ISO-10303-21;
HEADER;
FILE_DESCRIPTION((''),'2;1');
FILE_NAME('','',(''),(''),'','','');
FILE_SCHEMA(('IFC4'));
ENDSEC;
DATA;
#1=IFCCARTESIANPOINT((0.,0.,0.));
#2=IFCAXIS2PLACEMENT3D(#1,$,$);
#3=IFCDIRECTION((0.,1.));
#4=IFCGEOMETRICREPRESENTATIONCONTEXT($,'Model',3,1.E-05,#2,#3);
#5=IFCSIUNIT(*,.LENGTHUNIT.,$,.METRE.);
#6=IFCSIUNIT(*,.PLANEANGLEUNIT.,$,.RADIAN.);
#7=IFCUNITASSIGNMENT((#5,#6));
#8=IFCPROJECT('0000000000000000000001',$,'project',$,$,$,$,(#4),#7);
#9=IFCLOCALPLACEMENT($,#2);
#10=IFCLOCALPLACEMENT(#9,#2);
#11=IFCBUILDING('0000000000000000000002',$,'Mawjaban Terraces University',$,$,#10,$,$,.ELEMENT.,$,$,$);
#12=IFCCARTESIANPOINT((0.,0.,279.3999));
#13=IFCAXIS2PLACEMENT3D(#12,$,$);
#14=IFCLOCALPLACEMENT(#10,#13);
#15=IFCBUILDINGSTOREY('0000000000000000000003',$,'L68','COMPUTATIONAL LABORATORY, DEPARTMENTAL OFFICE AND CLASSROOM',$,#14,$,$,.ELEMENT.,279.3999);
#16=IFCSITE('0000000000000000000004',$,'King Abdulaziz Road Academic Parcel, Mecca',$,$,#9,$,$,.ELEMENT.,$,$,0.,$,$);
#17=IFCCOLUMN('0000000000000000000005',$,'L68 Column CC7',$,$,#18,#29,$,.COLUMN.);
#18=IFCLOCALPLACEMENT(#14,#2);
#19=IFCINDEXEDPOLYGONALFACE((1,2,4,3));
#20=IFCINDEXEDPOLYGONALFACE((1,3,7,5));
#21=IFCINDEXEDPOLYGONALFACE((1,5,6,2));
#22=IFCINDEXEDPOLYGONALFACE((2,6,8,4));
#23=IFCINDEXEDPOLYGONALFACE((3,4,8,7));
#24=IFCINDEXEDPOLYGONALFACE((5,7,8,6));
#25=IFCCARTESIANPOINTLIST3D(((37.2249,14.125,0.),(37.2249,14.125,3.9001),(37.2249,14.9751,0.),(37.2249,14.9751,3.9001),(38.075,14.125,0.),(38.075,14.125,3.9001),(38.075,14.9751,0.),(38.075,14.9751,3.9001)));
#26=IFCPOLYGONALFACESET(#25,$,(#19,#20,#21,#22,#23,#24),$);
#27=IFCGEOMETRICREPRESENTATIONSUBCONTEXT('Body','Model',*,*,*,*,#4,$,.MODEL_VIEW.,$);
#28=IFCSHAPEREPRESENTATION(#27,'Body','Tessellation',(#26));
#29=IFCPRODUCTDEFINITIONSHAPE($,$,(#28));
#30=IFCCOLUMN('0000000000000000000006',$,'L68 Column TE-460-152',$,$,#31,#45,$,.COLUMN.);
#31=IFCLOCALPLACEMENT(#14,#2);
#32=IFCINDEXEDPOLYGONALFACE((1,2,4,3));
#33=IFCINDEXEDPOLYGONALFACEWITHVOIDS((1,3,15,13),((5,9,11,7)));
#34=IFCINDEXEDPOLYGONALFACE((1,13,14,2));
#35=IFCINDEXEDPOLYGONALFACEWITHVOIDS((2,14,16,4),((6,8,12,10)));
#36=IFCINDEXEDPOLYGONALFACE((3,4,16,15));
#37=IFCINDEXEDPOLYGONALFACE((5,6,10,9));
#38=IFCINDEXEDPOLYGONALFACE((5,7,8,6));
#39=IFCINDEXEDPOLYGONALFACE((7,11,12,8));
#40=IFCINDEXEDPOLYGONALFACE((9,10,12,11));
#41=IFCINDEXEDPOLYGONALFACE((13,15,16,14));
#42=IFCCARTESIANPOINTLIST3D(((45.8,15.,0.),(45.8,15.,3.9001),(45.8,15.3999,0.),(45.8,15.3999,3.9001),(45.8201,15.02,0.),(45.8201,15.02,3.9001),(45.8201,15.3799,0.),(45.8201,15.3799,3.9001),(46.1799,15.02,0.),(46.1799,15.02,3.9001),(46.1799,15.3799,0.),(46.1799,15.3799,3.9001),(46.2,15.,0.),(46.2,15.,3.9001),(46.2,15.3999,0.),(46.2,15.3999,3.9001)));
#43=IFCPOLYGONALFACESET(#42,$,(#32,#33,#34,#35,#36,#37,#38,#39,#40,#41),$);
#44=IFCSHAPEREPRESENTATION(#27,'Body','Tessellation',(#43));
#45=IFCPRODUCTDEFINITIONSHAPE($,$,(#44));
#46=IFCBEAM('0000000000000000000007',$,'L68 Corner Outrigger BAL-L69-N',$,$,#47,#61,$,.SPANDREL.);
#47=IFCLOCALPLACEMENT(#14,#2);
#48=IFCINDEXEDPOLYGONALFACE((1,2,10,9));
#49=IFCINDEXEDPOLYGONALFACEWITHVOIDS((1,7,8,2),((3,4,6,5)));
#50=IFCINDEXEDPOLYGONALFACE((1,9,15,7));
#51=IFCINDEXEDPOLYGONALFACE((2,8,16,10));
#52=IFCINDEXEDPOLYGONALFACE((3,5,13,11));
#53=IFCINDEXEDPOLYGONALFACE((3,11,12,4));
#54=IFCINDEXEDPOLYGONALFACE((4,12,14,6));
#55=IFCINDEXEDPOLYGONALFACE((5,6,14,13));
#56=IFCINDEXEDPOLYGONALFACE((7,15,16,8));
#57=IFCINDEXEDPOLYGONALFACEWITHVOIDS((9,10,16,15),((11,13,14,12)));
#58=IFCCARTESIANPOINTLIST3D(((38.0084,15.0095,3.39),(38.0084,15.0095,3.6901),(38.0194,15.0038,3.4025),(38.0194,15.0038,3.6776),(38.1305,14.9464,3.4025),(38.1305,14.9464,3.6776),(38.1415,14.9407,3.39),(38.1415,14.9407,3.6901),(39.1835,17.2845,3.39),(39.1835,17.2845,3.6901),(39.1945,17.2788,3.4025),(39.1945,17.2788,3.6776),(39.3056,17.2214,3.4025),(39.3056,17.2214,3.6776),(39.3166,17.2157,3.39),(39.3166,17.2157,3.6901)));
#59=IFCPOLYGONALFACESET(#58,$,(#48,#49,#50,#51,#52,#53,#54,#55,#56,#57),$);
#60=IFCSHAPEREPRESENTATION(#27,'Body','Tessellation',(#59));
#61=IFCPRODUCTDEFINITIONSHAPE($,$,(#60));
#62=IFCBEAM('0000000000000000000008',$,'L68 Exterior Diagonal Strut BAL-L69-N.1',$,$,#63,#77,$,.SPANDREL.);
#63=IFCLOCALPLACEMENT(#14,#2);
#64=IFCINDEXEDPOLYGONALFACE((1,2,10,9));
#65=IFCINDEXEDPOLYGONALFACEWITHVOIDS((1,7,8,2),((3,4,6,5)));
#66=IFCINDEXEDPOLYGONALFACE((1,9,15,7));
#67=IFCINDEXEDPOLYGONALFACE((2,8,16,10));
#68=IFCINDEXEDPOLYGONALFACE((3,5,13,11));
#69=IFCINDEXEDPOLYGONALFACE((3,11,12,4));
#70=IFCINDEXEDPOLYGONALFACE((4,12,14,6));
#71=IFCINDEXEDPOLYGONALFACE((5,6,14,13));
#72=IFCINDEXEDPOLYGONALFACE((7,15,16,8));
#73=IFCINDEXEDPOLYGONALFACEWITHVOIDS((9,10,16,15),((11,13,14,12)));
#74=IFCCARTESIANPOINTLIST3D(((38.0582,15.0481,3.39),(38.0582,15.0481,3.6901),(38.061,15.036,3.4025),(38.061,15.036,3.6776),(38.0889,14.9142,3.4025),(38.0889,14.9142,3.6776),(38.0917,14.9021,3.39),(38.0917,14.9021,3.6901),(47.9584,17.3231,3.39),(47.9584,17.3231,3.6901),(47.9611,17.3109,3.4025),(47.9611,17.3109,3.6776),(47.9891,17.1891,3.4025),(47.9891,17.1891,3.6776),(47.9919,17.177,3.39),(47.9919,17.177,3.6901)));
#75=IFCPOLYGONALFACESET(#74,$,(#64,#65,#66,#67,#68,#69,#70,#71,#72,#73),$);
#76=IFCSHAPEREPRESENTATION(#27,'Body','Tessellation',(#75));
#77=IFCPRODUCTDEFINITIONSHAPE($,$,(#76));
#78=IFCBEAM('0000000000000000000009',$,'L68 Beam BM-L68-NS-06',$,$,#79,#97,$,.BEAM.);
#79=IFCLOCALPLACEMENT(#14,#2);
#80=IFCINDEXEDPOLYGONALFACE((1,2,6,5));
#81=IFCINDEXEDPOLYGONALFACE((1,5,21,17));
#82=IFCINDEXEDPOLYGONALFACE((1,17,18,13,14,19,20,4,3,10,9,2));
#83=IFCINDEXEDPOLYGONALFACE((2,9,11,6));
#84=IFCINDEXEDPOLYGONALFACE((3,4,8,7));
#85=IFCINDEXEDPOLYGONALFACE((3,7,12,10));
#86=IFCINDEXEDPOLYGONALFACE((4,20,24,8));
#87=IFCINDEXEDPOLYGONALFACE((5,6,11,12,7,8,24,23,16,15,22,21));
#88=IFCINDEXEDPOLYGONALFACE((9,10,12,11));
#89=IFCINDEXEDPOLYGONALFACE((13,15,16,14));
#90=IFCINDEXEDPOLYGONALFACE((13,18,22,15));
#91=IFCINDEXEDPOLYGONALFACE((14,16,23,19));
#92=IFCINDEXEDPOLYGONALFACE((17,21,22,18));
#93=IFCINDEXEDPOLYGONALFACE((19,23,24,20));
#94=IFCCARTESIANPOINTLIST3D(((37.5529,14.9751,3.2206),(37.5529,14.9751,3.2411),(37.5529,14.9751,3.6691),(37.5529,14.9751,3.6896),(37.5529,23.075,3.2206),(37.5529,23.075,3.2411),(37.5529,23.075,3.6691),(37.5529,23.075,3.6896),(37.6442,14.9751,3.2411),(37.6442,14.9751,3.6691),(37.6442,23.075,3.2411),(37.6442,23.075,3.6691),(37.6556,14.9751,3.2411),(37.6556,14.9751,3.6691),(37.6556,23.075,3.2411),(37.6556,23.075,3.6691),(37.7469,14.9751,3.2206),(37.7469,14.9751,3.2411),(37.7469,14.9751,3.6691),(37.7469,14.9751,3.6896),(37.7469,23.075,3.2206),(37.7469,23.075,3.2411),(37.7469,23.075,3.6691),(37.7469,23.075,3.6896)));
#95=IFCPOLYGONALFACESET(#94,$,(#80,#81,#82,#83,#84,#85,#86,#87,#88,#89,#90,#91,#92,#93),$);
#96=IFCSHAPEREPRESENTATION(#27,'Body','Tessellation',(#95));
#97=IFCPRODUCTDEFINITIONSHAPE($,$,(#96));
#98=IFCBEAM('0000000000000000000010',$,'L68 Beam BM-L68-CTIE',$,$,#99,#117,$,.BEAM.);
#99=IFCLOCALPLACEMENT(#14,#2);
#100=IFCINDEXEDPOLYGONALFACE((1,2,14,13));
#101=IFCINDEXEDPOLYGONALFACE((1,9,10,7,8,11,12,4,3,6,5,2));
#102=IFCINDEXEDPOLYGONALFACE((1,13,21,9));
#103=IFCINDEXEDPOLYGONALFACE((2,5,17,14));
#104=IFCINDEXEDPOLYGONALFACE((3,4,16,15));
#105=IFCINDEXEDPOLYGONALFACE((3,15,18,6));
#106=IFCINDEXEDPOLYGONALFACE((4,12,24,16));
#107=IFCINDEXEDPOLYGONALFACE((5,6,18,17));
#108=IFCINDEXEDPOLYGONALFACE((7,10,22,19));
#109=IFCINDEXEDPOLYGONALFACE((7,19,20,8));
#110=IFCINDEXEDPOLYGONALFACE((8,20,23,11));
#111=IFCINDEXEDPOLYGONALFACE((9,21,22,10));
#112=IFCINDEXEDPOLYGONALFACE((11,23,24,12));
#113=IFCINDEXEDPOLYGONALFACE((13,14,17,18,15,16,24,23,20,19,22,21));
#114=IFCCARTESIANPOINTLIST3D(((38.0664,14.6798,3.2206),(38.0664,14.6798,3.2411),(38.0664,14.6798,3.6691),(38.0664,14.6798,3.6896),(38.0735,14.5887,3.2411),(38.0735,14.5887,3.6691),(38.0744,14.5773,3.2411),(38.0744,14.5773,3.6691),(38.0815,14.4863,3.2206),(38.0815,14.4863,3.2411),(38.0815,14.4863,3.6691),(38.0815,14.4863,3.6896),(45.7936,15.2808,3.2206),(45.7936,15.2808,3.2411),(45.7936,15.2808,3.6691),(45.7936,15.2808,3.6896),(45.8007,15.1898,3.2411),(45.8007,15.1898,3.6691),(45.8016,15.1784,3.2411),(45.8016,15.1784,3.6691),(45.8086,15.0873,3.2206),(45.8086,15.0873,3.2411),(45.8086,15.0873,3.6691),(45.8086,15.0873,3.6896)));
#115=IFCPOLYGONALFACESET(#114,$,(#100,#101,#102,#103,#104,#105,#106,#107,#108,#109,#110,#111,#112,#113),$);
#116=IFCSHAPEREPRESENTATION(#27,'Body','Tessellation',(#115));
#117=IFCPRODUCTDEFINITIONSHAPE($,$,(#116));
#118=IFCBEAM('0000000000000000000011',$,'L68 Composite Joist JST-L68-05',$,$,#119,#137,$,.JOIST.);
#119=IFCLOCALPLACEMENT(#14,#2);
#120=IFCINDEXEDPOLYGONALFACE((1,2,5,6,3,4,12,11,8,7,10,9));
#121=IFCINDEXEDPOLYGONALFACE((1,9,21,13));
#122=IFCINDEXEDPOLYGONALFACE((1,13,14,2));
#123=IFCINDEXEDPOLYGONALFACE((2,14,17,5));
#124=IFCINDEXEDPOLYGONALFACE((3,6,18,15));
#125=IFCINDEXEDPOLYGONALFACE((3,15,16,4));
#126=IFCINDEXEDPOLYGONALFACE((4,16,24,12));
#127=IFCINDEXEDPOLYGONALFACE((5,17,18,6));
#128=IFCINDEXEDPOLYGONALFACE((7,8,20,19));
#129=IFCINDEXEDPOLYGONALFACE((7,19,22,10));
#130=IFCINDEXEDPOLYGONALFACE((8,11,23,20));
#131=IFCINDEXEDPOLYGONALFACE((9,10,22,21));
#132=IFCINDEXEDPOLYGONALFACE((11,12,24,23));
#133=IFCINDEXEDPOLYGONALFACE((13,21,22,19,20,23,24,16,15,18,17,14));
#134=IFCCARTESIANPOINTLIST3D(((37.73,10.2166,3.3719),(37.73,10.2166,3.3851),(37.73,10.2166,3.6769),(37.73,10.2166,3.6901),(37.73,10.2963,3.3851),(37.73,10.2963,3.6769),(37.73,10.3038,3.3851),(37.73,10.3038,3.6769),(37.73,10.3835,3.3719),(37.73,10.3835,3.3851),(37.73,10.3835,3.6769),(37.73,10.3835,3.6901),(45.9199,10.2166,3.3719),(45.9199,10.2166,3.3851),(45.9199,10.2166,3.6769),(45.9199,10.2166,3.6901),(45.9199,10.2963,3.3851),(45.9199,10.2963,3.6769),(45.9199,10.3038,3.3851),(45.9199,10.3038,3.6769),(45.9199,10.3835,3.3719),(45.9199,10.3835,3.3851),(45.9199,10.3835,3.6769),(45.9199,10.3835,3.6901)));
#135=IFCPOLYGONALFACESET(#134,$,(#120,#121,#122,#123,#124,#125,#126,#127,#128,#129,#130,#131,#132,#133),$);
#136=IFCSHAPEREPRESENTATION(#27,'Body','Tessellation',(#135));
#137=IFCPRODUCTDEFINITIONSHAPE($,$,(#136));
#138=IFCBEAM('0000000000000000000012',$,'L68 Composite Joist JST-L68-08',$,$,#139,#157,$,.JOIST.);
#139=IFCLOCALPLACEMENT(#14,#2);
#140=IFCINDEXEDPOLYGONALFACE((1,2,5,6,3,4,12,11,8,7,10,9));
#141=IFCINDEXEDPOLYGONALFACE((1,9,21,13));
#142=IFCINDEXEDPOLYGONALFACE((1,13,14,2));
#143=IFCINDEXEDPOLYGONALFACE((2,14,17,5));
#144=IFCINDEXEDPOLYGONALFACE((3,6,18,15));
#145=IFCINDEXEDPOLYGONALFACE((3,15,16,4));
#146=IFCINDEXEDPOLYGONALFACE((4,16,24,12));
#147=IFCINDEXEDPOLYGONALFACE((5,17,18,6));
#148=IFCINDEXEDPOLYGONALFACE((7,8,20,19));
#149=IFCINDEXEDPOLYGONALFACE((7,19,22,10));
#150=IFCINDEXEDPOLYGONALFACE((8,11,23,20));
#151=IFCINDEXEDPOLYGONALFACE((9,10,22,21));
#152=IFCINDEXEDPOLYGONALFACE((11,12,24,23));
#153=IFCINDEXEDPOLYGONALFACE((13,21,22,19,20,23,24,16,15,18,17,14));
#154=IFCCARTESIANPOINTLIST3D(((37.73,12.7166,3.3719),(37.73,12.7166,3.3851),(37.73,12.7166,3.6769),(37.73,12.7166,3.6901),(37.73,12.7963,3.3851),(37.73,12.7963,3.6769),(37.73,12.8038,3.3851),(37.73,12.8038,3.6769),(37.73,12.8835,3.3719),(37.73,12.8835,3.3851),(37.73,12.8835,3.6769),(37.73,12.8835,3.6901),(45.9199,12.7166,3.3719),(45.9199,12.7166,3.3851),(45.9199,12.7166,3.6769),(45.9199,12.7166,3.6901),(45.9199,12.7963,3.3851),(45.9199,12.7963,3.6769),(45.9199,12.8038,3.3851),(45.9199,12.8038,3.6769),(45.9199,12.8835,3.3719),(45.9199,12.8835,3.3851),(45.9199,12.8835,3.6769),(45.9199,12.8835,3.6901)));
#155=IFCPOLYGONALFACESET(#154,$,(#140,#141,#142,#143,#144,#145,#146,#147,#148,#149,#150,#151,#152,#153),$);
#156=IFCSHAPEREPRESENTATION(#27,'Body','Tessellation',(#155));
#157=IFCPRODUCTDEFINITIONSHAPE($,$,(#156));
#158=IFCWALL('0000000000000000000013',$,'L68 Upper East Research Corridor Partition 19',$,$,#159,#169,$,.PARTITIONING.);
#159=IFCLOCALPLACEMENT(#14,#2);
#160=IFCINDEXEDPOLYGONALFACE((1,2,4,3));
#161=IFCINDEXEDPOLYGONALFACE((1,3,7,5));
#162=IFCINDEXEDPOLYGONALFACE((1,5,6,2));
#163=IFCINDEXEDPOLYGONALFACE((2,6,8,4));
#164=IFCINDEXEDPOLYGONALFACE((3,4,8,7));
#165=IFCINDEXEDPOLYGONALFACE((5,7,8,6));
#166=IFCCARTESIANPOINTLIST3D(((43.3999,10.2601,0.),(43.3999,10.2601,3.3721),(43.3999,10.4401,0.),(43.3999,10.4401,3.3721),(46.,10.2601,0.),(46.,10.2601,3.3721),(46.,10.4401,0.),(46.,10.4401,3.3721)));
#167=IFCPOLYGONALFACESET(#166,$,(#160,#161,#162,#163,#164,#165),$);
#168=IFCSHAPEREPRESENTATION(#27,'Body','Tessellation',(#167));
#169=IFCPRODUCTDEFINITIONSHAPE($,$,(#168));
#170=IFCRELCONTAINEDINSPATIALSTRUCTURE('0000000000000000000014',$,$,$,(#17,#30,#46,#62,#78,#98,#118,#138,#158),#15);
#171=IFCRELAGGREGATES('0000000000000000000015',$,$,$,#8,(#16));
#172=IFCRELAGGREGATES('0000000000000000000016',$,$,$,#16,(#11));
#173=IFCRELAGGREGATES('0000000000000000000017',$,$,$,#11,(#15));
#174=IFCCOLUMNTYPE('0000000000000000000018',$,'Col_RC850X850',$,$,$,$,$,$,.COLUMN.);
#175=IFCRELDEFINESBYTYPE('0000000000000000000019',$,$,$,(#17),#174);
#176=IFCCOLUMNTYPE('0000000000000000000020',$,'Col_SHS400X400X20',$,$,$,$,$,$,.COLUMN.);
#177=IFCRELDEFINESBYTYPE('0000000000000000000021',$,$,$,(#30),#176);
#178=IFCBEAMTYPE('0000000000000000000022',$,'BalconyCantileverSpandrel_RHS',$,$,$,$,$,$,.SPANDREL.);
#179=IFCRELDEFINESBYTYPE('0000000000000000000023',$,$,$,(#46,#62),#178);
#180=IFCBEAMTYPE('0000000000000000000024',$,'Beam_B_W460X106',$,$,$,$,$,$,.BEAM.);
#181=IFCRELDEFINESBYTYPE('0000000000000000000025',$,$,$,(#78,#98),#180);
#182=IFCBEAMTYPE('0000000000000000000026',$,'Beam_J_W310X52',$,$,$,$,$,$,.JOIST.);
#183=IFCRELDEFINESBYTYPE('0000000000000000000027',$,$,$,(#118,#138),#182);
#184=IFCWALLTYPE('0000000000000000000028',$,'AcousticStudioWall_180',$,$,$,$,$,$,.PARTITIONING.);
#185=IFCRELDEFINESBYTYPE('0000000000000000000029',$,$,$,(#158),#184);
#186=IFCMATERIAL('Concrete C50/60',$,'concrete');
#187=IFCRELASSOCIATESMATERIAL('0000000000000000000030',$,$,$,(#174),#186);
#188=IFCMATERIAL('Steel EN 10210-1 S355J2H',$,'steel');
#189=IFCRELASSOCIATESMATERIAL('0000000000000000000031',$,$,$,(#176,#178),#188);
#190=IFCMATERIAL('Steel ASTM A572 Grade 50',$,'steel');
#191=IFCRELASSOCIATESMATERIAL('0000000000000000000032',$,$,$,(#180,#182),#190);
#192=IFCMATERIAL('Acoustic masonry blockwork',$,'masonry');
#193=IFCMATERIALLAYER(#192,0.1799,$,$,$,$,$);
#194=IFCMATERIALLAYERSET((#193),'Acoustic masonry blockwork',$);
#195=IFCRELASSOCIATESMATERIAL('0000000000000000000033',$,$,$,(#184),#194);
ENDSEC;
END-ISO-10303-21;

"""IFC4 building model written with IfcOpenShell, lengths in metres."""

from ifc_helpers import new_model, si_unit, direction, frame, frame_2d, origin, origin_2d, place, context, subcontext, project, spatial, rectangle, hollow_rectangle, i_section, extrude, material, layer, layer_set, material_profile, profile_set, type_object, element, save


model = new_model("IFC4")

# Units and contexts
model_context = context("Model", 3, precision=1e-05, world=origin(), true_north=direction((0.0, 1.0)))
body_context = subcontext(model_context, "Body", "Model", "MODEL_VIEW")
ifc_project = project(units=[si_unit("LENGTHUNIT", "METRE"), si_unit("PLANEANGLEUNIT", "RADIAN")], contexts=[model_context])

# Site, building, storey
site_placement = place(None, origin())
site = spatial("IfcSite", under=ifc_project, at=site_placement, Name="King Abdulaziz Road Academic Parcel, Mecca", CompositionType="ELEMENT", RefElevation=0.0)
building_placement = place(site_placement, origin())
building = spatial("IfcBuilding", under=site, at=building_placement, Name="Mawjaban Terraces University", CompositionType="ELEMENT")
storey_placement = place(building_placement, frame((0.0, 0.0, 279.3999)))
storey = spatial("IfcBuildingStorey", under=building, at=storey_placement, Name="L68", Description="COMPUTATIONAL LABORATORY, DEPARTMENTAL OFFICE AND CLASSROOM", CompositionType="ELEMENT", Elevation=279.3999)

# Columns
ifc_material_1 = material(Name="Concrete C50/60", Category="concrete")
ifc_material_profile_1 = material_profile(ifc_material_1, rectangle(XDim=0.8501, YDim=0.8501, at=origin_2d()), Name="RC850X850")
ifc_profile_set_1 = profile_set([ifc_material_profile_1], Name="Concrete C50/60")
column_type_1 = type_object("IfcColumnType", Name="Col_RC850X850", PredefinedType="COLUMN", material=ifc_profile_set_1)
column_1_placement = place(storey_placement, frame((37.6499, 14.55, 0.0), z_axis=(0.0, 0.0, 1.0), x_axis=(1.0, 0.0, 0.0)))
element("IfcColumn", 1, at=column_1_placement, inside=storey, type_object=column_type_1, Name="L68 Column CC7", PredefinedType="COLUMN", context=body_context, shape_type="SweptSolid", body=[
    extrude(rectangle(XDim=0.8501, YDim=0.8501, at=origin_2d()), origin(), (0.0, 0.0, 1.0), 3.9001),
])
ifc_material_2 = material(Name="Steel EN 10210-1 S355J2H", Category="steel")
ifc_material_profile_2 = material_profile(ifc_material_2, hollow_rectangle(XDim=0.3999, YDim=0.3999, WallThickness=0.02, at=origin_2d()), Name="SHS400X400X20")
ifc_profile_set_2 = profile_set([ifc_material_profile_2], Name="Steel EN 10210-1 S355J2H")
column_type_2 = type_object("IfcColumnType", Name="Col_SHS400X400X20", PredefinedType="COLUMN", material=ifc_profile_set_2)
column_2_placement = place(storey_placement, frame((46.0, 15.2, 0.0), z_axis=(0.0, 0.0, 1.0), x_axis=(1.0, 0.0, 0.0)))
element("IfcColumn", 2, at=column_2_placement, inside=storey, type_object=column_type_2, Name="L68 Column TE-460-152", PredefinedType="COLUMN", context=body_context, shape_type="SweptSolid", body=[
    extrude(hollow_rectangle(XDim=0.3999, YDim=0.3999, WallThickness=0.02, at=origin_2d()), origin(), (0.0, 0.0, 1.0), 3.9001),
])

# Beams
ifc_material_profile_3 = material_profile(ifc_material_2, hollow_rectangle(XDim=0.1499, YDim=0.3, WallThickness=0.0125, at=origin_2d()), Name="RHS300X150X12.5")
ifc_profile_set_3 = profile_set([ifc_material_profile_3], Name="Steel EN 10210-1 S355J2H")
beam_type_1 = type_object("IfcBeamType", Name="BalconyCantileverSpandrel_RHS", PredefinedType="SPANDREL", material=ifc_profile_set_3)
beam_1_placement = place(storey_placement, frame((38.075, 14.9751, 3.54), z_axis=(0.458922, 0.888476, 0.0), x_axis=(-0.888476, 0.458922, 0.0)))
element("IfcBeam", 3, at=beam_1_placement, inside=storey, type_object=beam_type_1, Name="L68 Corner Outrigger BAL-L69-N", PredefinedType="SPANDREL", context=body_context, shape_type="SweptSolid", body=[
    extrude(hollow_rectangle(XDim=0.1499, YDim=0.3, WallThickness=0.0125, at=origin_2d()), origin(), (0.0, 0.0, 1.0), 2.5605),
])
beam_2_placement = place(storey_placement, frame((38.075, 14.9751, 3.54), z_axis=(0.974601, 0.223948, 0.0), x_axis=(-0.223948, 0.974601, 0.0)))
element("IfcBeam", 4, at=beam_2_placement, inside=storey, type_object=beam_type_1, Name="L68 Exterior Diagonal Strut BAL-L69-N.1", PredefinedType="SPANDREL", context=body_context, shape_type="SweptSolid", body=[
    extrude(hollow_rectangle(XDim=0.1499, YDim=0.3, WallThickness=0.0125, at=origin_2d()), origin(), (0.0, 0.0, 1.0), 10.1582),
])
ifc_material_3 = material(Name="Steel ASTM A572 Grade 50", Category="steel")
ifc_material_profile_4 = material_profile(ifc_material_3, i_section(OverallWidth=0.1941, OverallDepth=0.469, WebThickness=0.0115, FlangeThickness=0.0205, at=origin_2d()), Name="W460X106")
ifc_profile_set_4 = profile_set([ifc_material_profile_4], Name="Steel ASTM A572 Grade 50")
beam_type_2 = type_object("IfcBeamType", Name="Beam_B_W460X106", PredefinedType="BEAM", material=ifc_profile_set_4)
beam_3_placement = place(storey_placement, frame((37.6499, 14.9751, 3.4551), z_axis=(0.0, 1.0, 0.0), x_axis=(-1.0, 0.0, 0.0)))
element("IfcBeam", 5, at=beam_3_placement, inside=storey, type_object=beam_type_2, Name="L68 Beam BM-L68-NS-06", PredefinedType="BEAM", context=body_context, shape_type="SweptSolid", body=[
    extrude(i_section(OverallWidth=0.1941, OverallDepth=0.469, WebThickness=0.0115, FlangeThickness=0.0205, at=origin_2d()), origin(), (0.0, 0.0, 1.0), 8.0999),
])
beam_4_placement = place(storey_placement, frame((38.074, 14.583, 3.4551), z_axis=(0.996988, 0.077554, 0.0), x_axis=(-0.077554, 0.996988, 0.0)))
element("IfcBeam", 6, at=beam_4_placement, inside=storey, type_object=beam_type_2, Name="L68 Beam BM-L68-CTIE", PredefinedType="BEAM", context=body_context, shape_type="SweptSolid", body=[
    extrude(i_section(OverallWidth=0.1941, OverallDepth=0.469, WebThickness=0.0115, FlangeThickness=0.0205, at=origin_2d()), origin(), (0.0, 0.0, 1.0), 7.7505),
])
ifc_material_profile_5 = material_profile(ifc_material_3, i_section(OverallWidth=0.167, OverallDepth=0.3181, WebThickness=0.0076, FlangeThickness=0.0132, at=origin_2d()), Name="W310X52")
ifc_profile_set_5 = profile_set([ifc_material_profile_5], Name="Steel ASTM A572 Grade 50")
beam_type_3 = type_object("IfcBeamType", Name="Beam_J_W310X52", PredefinedType="JOIST", material=ifc_profile_set_5)
for number, where, z_axis, x_axis, name in (
    (7, (37.73, 10.3, 3.531), (1.0, 0.0, 0.0), (0.0, 1.0, 0.0), "L68 Composite Joist JST-L68-05"),
    (8, (37.73, 12.8, 3.531), (1.0, 0.0, 0.0), (0.0, 1.0, 0.0), "L68 Composite Joist JST-L68-08"),
):
    element("IfcBeam", number, at=place(storey_placement, frame(where, z_axis=z_axis, x_axis=x_axis)), inside=storey, type_object=beam_type_3, Name=name, PredefinedType="JOIST", context=body_context, shape_type="SweptSolid", body=[
        extrude(i_section(OverallWidth=0.167, OverallDepth=0.3181, WebThickness=0.0076, FlangeThickness=0.0132, at=origin_2d()), origin(), (0.0, 0.0, 1.0), 8.1899),
    ])

# Wall
ifc_material_4 = material(Name="Acoustic masonry blockwork", Category="masonry")
ifc_layer_1 = layer(ifc_material_4, 0.1799)
ifc_layer_set_1 = layer_set([ifc_layer_1], Name="Acoustic masonry blockwork")
wall_type_1 = type_object("IfcWallType", Name="AcousticStudioWall_180", PredefinedType="PARTITIONING", material=ifc_layer_set_1)
wall_1_placement = place(storey_placement, frame((46.0, 10.3501, 0.0), z_axis=(0.0, 0.0, 1.0), x_axis=(-1.0, 0.0, 0.0)))
element("IfcWall", 9, at=wall_1_placement, inside=storey, type_object=wall_type_1, Name="L68 Upper East Research Corridor Partition 19", PredefinedType="PARTITIONING", context=body_context, shape_type="SweptSolid", body=[
    extrude(rectangle(XDim=2.6001, YDim=0.1799, at=frame_2d((1.3, 0.0))), origin(), (0.0, 0.0, 1.0), 3.3721),
])

save(model, "model.ifc")
